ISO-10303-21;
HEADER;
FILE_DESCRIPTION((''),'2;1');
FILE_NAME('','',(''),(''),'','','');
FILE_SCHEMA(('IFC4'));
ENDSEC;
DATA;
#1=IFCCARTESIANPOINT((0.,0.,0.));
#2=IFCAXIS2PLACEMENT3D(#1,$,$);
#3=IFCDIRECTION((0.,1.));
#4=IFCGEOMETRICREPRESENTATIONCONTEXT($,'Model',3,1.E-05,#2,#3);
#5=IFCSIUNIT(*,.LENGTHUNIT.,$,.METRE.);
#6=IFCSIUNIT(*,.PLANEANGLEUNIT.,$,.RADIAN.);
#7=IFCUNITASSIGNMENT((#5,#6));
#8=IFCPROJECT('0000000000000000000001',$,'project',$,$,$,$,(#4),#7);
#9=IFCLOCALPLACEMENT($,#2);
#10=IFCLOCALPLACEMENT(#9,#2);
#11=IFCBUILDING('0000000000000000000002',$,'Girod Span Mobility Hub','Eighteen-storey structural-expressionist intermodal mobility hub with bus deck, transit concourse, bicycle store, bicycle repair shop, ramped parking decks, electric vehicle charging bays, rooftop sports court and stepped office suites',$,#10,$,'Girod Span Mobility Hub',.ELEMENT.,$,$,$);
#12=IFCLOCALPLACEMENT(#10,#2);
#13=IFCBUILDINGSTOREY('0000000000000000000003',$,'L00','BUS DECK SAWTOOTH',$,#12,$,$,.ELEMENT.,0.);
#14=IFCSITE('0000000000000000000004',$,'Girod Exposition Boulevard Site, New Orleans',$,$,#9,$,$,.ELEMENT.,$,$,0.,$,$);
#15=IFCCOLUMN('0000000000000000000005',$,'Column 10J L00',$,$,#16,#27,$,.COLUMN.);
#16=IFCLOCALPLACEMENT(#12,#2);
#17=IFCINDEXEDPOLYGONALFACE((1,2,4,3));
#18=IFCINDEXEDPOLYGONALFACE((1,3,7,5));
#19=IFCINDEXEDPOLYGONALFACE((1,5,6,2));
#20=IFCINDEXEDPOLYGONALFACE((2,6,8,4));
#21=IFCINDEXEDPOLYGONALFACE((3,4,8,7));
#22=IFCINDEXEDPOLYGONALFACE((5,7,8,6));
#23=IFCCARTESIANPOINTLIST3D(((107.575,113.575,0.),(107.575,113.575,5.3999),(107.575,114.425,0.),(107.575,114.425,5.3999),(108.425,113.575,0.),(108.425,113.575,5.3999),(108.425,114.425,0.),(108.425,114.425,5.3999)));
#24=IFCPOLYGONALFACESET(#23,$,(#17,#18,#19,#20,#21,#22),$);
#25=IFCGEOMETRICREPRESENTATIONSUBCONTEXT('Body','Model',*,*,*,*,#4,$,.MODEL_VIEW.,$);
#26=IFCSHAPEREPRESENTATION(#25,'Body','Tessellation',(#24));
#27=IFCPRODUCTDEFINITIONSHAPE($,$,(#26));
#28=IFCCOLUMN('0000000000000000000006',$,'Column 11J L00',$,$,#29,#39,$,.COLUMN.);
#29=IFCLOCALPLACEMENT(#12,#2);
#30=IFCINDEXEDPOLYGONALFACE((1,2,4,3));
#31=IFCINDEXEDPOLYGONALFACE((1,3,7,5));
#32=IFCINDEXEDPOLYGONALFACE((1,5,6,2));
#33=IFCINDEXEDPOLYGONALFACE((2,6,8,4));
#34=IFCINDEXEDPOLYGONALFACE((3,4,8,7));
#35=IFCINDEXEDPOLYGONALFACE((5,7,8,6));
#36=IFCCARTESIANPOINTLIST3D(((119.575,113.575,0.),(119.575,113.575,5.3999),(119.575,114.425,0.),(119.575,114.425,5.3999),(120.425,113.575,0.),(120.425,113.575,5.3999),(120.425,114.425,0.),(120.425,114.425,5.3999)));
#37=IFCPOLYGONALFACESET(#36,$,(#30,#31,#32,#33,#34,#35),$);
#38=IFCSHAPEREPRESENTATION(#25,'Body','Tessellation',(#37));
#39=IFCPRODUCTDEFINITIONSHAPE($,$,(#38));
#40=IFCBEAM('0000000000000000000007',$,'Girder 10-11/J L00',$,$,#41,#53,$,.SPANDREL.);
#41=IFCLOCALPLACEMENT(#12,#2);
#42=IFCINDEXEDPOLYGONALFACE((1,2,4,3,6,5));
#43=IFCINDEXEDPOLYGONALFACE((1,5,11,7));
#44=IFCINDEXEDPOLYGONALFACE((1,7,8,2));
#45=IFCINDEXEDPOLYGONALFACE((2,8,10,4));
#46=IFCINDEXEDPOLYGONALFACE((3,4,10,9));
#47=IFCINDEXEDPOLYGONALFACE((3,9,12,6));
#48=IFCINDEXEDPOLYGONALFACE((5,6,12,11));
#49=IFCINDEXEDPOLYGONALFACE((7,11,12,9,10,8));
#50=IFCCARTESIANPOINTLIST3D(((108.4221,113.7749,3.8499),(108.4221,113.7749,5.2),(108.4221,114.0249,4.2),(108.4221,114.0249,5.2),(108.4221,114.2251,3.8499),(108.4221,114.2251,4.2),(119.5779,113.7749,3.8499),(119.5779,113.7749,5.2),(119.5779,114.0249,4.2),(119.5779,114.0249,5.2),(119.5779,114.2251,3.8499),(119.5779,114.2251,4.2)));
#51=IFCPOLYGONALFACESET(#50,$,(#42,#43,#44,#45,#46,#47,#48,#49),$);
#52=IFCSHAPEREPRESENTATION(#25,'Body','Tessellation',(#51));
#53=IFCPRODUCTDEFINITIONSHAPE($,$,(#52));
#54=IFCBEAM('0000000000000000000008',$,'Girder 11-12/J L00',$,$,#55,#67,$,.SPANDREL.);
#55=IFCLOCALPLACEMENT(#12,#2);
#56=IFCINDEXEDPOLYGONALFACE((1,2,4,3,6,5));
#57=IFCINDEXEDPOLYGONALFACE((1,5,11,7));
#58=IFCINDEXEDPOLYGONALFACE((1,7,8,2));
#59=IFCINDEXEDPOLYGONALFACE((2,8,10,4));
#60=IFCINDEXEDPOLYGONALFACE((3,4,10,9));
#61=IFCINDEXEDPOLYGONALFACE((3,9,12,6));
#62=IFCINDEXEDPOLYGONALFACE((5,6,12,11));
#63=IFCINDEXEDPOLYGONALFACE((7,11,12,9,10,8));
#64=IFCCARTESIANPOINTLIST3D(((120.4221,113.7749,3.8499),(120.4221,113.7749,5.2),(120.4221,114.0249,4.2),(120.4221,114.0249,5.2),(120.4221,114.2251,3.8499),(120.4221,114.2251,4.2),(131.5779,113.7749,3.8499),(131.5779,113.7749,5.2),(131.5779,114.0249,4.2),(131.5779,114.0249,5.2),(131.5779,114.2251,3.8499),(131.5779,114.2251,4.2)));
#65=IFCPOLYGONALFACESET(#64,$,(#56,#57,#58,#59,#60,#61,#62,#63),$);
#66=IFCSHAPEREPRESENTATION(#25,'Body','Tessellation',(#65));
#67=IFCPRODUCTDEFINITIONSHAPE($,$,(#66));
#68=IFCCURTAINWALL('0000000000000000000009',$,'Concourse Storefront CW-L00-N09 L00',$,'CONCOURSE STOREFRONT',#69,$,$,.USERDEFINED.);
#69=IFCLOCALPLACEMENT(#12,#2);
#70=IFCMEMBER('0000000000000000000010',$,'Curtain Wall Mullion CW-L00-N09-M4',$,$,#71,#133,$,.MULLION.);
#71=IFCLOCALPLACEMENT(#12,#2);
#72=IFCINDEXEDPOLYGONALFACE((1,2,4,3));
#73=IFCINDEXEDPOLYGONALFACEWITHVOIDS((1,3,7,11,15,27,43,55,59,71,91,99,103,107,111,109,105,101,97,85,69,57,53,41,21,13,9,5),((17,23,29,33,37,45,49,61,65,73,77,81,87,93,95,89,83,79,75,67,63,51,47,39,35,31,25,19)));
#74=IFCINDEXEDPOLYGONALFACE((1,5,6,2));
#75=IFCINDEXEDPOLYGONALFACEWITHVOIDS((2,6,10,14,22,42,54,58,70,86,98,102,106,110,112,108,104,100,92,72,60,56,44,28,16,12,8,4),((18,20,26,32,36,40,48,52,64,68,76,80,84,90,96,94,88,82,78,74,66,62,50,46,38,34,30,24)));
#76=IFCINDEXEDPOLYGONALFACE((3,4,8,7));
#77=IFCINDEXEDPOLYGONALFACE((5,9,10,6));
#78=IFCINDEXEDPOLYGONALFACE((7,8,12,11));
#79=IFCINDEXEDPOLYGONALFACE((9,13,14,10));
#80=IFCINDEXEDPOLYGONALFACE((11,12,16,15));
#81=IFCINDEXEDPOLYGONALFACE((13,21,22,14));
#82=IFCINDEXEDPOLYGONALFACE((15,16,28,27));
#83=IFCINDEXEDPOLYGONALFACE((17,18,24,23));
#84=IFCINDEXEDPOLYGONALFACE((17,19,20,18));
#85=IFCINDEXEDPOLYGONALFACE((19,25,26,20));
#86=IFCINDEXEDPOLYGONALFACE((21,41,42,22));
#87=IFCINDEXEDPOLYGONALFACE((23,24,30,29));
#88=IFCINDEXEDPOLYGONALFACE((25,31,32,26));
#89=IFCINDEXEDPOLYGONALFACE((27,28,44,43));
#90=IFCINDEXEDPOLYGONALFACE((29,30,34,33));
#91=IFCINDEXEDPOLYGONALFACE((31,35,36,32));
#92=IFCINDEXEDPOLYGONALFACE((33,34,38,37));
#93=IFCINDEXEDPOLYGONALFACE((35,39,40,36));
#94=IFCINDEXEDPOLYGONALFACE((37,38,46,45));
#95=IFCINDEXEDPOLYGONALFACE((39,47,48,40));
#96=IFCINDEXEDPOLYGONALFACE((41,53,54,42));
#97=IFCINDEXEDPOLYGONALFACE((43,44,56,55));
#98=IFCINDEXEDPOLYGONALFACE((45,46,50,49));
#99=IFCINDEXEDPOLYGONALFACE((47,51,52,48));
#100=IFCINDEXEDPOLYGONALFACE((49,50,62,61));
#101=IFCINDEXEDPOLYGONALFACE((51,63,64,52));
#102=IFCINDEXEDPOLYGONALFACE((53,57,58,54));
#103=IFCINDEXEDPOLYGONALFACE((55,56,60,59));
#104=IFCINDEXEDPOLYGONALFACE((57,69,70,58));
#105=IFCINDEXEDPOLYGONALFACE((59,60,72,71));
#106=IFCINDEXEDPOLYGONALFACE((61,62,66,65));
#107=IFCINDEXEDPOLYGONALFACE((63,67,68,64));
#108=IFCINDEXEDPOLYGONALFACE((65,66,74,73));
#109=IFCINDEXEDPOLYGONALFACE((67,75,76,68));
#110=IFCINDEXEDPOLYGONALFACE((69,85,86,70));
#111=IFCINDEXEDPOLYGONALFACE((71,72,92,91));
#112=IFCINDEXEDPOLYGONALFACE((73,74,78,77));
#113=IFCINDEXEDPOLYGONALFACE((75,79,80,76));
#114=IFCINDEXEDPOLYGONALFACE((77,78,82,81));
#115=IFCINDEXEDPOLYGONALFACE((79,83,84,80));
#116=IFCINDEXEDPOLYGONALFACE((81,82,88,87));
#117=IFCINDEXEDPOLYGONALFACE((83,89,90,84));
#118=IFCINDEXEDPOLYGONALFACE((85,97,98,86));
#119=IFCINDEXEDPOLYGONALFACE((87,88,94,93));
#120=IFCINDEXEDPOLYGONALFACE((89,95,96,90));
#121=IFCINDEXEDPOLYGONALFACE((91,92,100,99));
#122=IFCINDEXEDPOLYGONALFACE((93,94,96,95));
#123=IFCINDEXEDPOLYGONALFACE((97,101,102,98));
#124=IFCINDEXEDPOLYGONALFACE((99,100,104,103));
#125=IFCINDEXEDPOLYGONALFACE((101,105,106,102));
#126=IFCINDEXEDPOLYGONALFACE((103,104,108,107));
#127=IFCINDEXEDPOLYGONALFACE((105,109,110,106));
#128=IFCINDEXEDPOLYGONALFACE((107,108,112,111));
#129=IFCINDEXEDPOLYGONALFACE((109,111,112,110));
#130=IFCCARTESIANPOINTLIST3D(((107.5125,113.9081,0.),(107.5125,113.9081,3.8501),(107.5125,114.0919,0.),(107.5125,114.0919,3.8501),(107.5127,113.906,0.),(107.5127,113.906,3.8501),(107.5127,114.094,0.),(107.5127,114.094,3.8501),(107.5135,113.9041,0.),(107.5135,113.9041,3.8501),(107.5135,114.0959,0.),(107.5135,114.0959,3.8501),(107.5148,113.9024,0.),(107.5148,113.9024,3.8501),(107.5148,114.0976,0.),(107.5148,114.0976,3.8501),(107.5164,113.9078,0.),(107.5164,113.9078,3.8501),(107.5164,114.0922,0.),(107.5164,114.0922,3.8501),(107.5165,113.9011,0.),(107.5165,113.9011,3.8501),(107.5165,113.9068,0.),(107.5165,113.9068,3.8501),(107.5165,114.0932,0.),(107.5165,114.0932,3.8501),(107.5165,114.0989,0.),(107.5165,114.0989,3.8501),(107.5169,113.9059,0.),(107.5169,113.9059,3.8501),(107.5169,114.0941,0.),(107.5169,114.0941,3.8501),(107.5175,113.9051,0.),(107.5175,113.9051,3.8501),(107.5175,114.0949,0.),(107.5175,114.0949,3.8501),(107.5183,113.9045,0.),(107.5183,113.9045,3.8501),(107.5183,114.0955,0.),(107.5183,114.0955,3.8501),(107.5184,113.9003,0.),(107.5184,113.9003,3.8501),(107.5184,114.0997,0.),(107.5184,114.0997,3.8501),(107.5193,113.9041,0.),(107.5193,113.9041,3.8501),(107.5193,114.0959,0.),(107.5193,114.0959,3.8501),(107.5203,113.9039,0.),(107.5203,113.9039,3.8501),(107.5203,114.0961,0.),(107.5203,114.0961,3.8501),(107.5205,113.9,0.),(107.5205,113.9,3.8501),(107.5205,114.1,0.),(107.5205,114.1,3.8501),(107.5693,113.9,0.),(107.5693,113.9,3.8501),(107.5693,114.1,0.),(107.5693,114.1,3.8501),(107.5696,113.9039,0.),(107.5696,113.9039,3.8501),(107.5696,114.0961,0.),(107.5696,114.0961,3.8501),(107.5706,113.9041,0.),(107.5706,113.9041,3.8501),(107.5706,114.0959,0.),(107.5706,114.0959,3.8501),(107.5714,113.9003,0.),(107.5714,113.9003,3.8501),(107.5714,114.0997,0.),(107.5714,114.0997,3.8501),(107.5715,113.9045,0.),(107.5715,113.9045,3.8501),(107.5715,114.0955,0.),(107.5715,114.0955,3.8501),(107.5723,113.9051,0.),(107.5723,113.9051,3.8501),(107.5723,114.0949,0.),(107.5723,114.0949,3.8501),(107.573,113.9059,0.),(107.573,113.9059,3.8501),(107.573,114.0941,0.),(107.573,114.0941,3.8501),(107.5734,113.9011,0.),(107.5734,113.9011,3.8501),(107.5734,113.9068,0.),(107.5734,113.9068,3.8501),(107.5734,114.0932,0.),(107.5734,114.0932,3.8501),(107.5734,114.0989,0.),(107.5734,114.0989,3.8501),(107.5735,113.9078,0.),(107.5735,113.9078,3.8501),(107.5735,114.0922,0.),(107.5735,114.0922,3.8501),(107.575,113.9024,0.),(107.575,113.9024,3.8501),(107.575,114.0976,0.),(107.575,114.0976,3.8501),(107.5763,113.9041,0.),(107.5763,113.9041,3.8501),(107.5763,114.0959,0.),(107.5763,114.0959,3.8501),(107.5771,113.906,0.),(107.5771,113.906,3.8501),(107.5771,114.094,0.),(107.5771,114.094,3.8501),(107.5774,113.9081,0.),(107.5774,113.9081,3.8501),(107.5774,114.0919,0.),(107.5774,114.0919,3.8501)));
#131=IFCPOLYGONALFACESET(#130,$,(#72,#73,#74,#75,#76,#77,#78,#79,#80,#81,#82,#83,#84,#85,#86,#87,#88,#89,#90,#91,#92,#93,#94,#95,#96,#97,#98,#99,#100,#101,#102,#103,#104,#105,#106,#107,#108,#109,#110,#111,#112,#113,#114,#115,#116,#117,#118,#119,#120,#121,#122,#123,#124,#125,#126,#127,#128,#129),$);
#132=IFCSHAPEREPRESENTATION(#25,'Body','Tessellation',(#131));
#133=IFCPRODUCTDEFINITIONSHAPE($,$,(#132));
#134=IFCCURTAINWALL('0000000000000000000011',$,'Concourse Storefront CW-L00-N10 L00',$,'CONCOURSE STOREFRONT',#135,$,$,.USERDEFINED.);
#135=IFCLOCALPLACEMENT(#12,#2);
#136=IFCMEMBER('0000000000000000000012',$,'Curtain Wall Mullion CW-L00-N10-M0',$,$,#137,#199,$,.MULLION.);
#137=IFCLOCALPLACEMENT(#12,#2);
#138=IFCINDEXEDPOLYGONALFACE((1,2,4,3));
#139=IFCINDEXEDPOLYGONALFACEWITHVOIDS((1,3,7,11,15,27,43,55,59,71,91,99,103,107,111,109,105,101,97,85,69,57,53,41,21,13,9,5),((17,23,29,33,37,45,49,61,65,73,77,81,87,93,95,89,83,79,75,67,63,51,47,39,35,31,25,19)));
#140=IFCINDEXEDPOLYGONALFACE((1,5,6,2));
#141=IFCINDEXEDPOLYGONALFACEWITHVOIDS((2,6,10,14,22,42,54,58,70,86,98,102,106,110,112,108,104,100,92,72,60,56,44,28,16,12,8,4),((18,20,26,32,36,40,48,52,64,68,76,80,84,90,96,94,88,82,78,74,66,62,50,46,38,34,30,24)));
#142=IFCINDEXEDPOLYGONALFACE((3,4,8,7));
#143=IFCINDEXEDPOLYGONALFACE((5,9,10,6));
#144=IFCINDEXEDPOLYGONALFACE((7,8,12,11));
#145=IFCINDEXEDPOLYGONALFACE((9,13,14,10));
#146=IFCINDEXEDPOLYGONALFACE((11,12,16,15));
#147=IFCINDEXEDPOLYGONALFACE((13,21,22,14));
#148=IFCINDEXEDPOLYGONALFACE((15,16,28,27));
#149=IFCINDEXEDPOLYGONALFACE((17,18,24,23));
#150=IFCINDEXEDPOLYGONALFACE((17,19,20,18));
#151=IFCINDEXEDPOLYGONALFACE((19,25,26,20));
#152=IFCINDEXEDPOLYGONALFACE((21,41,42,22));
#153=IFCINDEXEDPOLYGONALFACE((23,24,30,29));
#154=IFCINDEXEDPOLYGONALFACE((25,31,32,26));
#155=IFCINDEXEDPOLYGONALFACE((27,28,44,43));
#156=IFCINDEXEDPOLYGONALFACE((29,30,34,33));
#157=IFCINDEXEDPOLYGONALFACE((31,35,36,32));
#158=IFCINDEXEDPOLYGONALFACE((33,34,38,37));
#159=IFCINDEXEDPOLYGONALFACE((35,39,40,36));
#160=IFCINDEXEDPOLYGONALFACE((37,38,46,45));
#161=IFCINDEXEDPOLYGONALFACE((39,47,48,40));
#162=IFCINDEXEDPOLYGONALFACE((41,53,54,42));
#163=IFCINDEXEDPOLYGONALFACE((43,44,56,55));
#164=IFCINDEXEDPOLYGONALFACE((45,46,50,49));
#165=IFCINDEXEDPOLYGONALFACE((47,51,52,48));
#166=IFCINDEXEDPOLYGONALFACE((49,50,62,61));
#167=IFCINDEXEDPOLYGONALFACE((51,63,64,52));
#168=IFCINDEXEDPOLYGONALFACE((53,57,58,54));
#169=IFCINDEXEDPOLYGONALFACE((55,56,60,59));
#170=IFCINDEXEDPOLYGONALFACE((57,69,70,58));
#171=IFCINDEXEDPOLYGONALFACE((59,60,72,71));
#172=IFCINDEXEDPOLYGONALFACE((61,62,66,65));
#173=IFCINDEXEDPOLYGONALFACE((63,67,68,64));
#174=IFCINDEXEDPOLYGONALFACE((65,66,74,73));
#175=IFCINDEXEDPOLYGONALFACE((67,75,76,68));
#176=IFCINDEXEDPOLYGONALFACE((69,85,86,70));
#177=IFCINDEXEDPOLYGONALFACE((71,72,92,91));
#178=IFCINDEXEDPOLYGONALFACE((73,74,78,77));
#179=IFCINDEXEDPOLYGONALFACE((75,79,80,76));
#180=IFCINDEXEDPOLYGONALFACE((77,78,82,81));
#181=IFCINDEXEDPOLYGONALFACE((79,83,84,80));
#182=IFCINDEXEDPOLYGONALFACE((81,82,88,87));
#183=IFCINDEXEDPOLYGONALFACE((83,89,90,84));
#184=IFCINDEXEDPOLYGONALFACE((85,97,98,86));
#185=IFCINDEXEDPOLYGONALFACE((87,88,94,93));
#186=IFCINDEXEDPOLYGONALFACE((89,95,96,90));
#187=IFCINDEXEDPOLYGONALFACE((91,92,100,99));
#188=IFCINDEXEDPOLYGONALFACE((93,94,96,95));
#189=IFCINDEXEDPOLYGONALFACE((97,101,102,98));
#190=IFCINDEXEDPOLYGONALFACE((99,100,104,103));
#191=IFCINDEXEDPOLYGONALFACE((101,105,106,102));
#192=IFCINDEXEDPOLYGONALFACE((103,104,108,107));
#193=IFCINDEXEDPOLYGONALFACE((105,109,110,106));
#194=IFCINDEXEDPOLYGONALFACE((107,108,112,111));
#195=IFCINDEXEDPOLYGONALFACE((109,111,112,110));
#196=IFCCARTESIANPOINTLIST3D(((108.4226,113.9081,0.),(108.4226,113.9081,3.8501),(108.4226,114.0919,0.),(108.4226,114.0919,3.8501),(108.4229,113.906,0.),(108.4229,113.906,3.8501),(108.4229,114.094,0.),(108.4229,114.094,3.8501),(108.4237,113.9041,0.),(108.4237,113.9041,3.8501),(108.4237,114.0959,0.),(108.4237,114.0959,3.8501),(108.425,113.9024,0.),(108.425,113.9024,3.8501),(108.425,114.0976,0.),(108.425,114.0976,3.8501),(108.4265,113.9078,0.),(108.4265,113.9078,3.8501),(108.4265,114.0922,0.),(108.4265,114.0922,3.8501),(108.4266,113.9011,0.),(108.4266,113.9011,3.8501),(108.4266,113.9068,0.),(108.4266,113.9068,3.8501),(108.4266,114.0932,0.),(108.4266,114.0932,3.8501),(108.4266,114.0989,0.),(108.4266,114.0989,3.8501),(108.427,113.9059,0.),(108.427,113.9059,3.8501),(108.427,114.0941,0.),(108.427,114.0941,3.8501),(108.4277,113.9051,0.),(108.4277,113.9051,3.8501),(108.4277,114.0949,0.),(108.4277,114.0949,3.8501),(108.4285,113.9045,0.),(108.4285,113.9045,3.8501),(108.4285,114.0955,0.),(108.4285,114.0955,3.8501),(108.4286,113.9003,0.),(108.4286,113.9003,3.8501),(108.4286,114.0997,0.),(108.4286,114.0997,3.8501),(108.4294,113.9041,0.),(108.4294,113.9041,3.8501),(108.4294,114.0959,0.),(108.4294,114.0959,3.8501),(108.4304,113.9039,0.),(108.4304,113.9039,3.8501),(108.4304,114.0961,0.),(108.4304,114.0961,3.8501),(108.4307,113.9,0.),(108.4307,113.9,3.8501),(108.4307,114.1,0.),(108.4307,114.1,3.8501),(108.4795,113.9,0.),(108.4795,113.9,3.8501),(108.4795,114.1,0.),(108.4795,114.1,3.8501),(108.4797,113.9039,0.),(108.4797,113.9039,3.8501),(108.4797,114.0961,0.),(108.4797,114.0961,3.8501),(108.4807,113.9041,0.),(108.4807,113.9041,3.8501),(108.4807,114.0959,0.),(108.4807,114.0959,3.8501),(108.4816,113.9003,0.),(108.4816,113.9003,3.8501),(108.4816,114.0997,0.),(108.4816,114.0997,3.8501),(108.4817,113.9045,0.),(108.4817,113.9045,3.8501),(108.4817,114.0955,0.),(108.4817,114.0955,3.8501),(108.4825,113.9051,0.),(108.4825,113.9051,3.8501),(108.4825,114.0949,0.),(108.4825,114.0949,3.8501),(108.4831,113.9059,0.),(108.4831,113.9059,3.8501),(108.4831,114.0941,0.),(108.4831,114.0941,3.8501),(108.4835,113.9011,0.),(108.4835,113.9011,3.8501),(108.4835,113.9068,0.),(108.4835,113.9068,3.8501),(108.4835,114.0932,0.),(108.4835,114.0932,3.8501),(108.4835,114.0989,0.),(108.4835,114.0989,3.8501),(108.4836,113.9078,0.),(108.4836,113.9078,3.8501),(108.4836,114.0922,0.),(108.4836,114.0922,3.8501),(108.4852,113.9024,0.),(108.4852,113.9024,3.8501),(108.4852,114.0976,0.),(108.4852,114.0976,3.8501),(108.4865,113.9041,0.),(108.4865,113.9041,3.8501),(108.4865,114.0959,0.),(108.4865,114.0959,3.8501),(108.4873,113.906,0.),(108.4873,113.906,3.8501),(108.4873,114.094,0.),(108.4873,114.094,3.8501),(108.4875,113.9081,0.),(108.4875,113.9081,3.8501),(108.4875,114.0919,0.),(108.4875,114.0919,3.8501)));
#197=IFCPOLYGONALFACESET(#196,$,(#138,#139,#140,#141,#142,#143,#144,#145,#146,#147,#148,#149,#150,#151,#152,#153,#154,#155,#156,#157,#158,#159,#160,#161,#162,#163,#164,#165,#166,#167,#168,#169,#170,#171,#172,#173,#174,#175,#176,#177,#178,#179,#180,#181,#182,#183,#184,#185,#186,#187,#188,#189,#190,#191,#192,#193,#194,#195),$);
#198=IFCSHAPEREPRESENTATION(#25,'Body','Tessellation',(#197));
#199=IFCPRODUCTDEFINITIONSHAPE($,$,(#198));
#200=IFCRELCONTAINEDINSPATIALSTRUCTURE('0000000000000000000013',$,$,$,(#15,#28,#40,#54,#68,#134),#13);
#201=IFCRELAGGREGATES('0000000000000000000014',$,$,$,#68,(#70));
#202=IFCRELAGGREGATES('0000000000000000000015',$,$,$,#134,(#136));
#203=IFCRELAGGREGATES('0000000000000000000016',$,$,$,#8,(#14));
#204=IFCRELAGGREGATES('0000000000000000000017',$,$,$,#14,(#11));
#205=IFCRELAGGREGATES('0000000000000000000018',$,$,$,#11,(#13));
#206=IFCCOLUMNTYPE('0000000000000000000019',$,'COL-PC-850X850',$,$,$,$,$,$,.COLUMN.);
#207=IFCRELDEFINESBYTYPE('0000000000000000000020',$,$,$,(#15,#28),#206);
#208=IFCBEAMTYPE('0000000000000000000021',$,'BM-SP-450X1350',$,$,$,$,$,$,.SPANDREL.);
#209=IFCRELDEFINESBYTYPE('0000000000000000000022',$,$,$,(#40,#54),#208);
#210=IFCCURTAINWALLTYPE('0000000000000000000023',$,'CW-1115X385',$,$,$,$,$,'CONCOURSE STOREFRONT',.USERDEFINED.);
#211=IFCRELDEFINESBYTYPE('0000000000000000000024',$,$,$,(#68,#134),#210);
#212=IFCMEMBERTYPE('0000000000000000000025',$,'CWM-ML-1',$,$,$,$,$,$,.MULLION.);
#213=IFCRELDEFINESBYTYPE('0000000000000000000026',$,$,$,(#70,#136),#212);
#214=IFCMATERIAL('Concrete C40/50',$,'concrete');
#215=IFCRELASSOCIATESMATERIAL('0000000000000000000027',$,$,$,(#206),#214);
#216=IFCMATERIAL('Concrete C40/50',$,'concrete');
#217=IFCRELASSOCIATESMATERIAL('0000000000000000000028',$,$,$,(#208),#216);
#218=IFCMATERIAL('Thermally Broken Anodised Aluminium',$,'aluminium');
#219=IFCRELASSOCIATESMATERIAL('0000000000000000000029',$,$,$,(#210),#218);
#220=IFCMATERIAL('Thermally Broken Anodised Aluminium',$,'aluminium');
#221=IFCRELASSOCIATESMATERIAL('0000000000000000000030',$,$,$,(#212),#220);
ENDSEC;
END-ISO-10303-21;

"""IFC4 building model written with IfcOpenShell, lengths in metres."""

from ifc_helpers import new_model, si_unit, direction, frame, origin, origin_2d, place, context, subcontext, project, spatial, polyline, rectangle, hollow_rectangle, outline, extrude, material, material_profile, profile_set, type_object, element, aggregate, save


model = new_model("IFC4")

# Units and contexts
model_context = context("Model", 3, precision=1e-05, world=origin(), true_north=direction((0.0, 1.0)))
body_context = subcontext(model_context, "Body", "Model", "MODEL_VIEW")
ifc_project = project(units=[si_unit("LENGTHUNIT", "METRE"), si_unit("PLANEANGLEUNIT", "RADIAN")], contexts=[model_context])

# Site, building, storey
site_placement = place(None, origin())
site = spatial("IfcSite", under=ifc_project, at=site_placement, Name="Girod Exposition Boulevard Site, New Orleans", CompositionType="ELEMENT", RefElevation=0.0)
building_placement = place(site_placement, origin())
building = spatial("IfcBuilding", under=site, at=building_placement, Name="Girod Span Mobility Hub", Description="Eighteen-storey structural-expressionist intermodal mobility hub with bus deck, transit concourse, bicycle store, bicycle repair shop, ramped parking decks, electric vehicle charging bays, rooftop sports court and stepped office suites", LongName="Girod Span Mobility Hub", CompositionType="ELEMENT")
storey_placement = place(building_placement, origin())
storey = spatial("IfcBuildingStorey", under=building, at=storey_placement, Name="L00", Description="BUS DECK SAWTOOTH", CompositionType="ELEMENT", Elevation=0.0)

# Columns
ifc_material_1 = material(Name="Concrete C40/50", Category="concrete")
ifc_material_profile_1 = material_profile(ifc_material_1, rectangle(XDim=0.8501, YDim=0.8501, at=origin_2d()), Name="PC-COL-850X850")
ifc_profile_set_1 = profile_set([ifc_material_profile_1], Name="Concrete C40/50")
column_type = type_object("IfcColumnType", Name="COL-PC-850X850", PredefinedType="COLUMN", material=ifc_profile_set_1)
for number, where, z_axis, x_axis, name in (
    (1, (108.0, 114.0, 0.0), (0.0, 0.0, 1.0), (1.0, 0.0, 0.0), "Column 10J L00"),
    (2, (120.0, 114.0, 0.0), (0.0, 0.0, 1.0), (1.0, 0.0, 0.0), "Column 11J L00"),
):
    element("IfcColumn", number, at=place(storey_placement, frame(where, z_axis=z_axis, x_axis=x_axis)), inside=storey, type_object=column_type, Name=name, PredefinedType="COLUMN", context=body_context, shape_type="SweptSolid", body=[
        extrude(rectangle(XDim=0.8501, YDim=0.8501, at=origin_2d()), origin(), (0.0, 0.0, 1.0), 5.3999),
    ])

# Beams
ifc_material_2 = material(Name="Concrete C40/50", Category="concrete")
ifc_material_profile_2 = material_profile(ifc_material_2, outline(polyline([(-0.2251, -0.675), (0.2251, -0.675), (0.2251, -0.325), (0.0249, -0.325), (0.0249, 0.675), (-0.2251, 0.675), (-0.2251, -0.675)])), Name="SP-450X1350")
ifc_profile_set_2 = profile_set([ifc_material_profile_2], Name="Concrete C40/50")
beam_type = type_object("IfcBeamType", Name="BM-SP-450X1350", PredefinedType="SPANDREL", material=ifc_profile_set_2)
for number, where, z_axis, x_axis, name in (
    (3, (108.4221, 114.0, 4.5249), (1.0, 0.0, 0.0), (0.0, 1.0, 0.0), "Girder 10-11/J L00"),
    (4, (120.4221, 114.0, 4.5249), (1.0, 0.0, 0.0), (0.0, 1.0, 0.0), "Girder 11-12/J L00"),
):
    element("IfcBeam", number, at=place(storey_placement, frame(where, z_axis=z_axis, x_axis=x_axis)), inside=storey, type_object=beam_type, Name=name, PredefinedType="SPANDREL", context=body_context, shape_type="SweptSolid", body=[
        extrude(outline(polyline([(-0.2251, -0.675), (0.2251, -0.675), (0.2251, -0.325), (0.0249, -0.325), (0.0249, 0.675), (-0.2251, 0.675), (-0.2251, -0.675)])), origin(), (0.0, 0.0, 1.0), 11.1558),
    ])

# Curtain wall, member
ifc_material_3 = material(Name="Thermally Broken Anodised Aluminium", Category="aluminium")
curtain_wall_type = type_object("IfcCurtainWallType", Name="CW-1115X385", ElementType="CONCOURSE STOREFRONT", PredefinedType="USERDEFINED", material=ifc_material_3)
curtain_wall_1_placement = place(storey_placement, origin())
curtain_wall_1 = element("IfcCurtainWall", 5, at=curtain_wall_1_placement, inside=storey, type_object=curtain_wall_type, Name="Concourse Storefront CW-L00-N09 L00", ObjectType="CONCOURSE STOREFRONT", PredefinedType="USERDEFINED")
ifc_material_4 = material(Name="Thermally Broken Anodised Aluminium", Category="aluminium")
ifc_material_profile_3 = material_profile(ifc_material_4, hollow_rectangle(XDim=0.2, YDim=0.0649, WallThickness=0.0039, InnerFilletRadius=0.0039, OuterFilletRadius=0.0081, at=origin_2d()), Name="CW-ML-65X200")
ifc_profile_set_3 = profile_set([ifc_material_profile_3], Name="Thermally Broken Anodised Aluminium")
member_type_1 = type_object("IfcMemberType", Name="CWM-ML-1", PredefinedType="MULLION", material=ifc_profile_set_3)
member_1_placement = place(storey_placement, frame((107.5449, 114.0, 0.0), z_axis=(0.0, 0.0, 1.0), x_axis=(0.0, 1.0, 0.0)))
member_1 = element("IfcMember", 6, at=member_1_placement, type_object=member_type_1, Name="Curtain Wall Mullion CW-L00-N09-M4", PredefinedType="MULLION", context=body_context, shape_type="SweptSolid", body=[
    extrude(hollow_rectangle(XDim=0.2, YDim=0.0649, WallThickness=0.0039, InnerFilletRadius=0.0039, OuterFilletRadius=0.0081, at=origin_2d()), origin(), (0.0, 0.0, 1.0), 3.8501),
])

# Curtain wall, member
curtain_wall_2_placement = place(storey_placement, origin())
curtain_wall_2 = element("IfcCurtainWall", 7, at=curtain_wall_2_placement, inside=storey, type_object=curtain_wall_type, Name="Concourse Storefront CW-L00-N10 L00", ObjectType="CONCOURSE STOREFRONT", PredefinedType="USERDEFINED")
member_2_placement = place(storey_placement, frame((108.4551, 114.0, 0.0), z_axis=(0.0, 0.0, 1.0), x_axis=(0.0, 1.0, 0.0)))
member_2 = element("IfcMember", 8, at=member_2_placement, type_object=member_type_1, Name="Curtain Wall Mullion CW-L00-N10-M0", PredefinedType="MULLION", context=body_context, shape_type="SweptSolid", body=[
    extrude(hollow_rectangle(XDim=0.2, YDim=0.0649, WallThickness=0.0039, InnerFilletRadius=0.0039, OuterFilletRadius=0.0081, at=origin_2d()), origin(), (0.0, 0.0, 1.0), 3.8501),
])

aggregate(curtain_wall_1, [member_1])
aggregate(curtain_wall_2, [member_2])

save(model, "model.ifc")
